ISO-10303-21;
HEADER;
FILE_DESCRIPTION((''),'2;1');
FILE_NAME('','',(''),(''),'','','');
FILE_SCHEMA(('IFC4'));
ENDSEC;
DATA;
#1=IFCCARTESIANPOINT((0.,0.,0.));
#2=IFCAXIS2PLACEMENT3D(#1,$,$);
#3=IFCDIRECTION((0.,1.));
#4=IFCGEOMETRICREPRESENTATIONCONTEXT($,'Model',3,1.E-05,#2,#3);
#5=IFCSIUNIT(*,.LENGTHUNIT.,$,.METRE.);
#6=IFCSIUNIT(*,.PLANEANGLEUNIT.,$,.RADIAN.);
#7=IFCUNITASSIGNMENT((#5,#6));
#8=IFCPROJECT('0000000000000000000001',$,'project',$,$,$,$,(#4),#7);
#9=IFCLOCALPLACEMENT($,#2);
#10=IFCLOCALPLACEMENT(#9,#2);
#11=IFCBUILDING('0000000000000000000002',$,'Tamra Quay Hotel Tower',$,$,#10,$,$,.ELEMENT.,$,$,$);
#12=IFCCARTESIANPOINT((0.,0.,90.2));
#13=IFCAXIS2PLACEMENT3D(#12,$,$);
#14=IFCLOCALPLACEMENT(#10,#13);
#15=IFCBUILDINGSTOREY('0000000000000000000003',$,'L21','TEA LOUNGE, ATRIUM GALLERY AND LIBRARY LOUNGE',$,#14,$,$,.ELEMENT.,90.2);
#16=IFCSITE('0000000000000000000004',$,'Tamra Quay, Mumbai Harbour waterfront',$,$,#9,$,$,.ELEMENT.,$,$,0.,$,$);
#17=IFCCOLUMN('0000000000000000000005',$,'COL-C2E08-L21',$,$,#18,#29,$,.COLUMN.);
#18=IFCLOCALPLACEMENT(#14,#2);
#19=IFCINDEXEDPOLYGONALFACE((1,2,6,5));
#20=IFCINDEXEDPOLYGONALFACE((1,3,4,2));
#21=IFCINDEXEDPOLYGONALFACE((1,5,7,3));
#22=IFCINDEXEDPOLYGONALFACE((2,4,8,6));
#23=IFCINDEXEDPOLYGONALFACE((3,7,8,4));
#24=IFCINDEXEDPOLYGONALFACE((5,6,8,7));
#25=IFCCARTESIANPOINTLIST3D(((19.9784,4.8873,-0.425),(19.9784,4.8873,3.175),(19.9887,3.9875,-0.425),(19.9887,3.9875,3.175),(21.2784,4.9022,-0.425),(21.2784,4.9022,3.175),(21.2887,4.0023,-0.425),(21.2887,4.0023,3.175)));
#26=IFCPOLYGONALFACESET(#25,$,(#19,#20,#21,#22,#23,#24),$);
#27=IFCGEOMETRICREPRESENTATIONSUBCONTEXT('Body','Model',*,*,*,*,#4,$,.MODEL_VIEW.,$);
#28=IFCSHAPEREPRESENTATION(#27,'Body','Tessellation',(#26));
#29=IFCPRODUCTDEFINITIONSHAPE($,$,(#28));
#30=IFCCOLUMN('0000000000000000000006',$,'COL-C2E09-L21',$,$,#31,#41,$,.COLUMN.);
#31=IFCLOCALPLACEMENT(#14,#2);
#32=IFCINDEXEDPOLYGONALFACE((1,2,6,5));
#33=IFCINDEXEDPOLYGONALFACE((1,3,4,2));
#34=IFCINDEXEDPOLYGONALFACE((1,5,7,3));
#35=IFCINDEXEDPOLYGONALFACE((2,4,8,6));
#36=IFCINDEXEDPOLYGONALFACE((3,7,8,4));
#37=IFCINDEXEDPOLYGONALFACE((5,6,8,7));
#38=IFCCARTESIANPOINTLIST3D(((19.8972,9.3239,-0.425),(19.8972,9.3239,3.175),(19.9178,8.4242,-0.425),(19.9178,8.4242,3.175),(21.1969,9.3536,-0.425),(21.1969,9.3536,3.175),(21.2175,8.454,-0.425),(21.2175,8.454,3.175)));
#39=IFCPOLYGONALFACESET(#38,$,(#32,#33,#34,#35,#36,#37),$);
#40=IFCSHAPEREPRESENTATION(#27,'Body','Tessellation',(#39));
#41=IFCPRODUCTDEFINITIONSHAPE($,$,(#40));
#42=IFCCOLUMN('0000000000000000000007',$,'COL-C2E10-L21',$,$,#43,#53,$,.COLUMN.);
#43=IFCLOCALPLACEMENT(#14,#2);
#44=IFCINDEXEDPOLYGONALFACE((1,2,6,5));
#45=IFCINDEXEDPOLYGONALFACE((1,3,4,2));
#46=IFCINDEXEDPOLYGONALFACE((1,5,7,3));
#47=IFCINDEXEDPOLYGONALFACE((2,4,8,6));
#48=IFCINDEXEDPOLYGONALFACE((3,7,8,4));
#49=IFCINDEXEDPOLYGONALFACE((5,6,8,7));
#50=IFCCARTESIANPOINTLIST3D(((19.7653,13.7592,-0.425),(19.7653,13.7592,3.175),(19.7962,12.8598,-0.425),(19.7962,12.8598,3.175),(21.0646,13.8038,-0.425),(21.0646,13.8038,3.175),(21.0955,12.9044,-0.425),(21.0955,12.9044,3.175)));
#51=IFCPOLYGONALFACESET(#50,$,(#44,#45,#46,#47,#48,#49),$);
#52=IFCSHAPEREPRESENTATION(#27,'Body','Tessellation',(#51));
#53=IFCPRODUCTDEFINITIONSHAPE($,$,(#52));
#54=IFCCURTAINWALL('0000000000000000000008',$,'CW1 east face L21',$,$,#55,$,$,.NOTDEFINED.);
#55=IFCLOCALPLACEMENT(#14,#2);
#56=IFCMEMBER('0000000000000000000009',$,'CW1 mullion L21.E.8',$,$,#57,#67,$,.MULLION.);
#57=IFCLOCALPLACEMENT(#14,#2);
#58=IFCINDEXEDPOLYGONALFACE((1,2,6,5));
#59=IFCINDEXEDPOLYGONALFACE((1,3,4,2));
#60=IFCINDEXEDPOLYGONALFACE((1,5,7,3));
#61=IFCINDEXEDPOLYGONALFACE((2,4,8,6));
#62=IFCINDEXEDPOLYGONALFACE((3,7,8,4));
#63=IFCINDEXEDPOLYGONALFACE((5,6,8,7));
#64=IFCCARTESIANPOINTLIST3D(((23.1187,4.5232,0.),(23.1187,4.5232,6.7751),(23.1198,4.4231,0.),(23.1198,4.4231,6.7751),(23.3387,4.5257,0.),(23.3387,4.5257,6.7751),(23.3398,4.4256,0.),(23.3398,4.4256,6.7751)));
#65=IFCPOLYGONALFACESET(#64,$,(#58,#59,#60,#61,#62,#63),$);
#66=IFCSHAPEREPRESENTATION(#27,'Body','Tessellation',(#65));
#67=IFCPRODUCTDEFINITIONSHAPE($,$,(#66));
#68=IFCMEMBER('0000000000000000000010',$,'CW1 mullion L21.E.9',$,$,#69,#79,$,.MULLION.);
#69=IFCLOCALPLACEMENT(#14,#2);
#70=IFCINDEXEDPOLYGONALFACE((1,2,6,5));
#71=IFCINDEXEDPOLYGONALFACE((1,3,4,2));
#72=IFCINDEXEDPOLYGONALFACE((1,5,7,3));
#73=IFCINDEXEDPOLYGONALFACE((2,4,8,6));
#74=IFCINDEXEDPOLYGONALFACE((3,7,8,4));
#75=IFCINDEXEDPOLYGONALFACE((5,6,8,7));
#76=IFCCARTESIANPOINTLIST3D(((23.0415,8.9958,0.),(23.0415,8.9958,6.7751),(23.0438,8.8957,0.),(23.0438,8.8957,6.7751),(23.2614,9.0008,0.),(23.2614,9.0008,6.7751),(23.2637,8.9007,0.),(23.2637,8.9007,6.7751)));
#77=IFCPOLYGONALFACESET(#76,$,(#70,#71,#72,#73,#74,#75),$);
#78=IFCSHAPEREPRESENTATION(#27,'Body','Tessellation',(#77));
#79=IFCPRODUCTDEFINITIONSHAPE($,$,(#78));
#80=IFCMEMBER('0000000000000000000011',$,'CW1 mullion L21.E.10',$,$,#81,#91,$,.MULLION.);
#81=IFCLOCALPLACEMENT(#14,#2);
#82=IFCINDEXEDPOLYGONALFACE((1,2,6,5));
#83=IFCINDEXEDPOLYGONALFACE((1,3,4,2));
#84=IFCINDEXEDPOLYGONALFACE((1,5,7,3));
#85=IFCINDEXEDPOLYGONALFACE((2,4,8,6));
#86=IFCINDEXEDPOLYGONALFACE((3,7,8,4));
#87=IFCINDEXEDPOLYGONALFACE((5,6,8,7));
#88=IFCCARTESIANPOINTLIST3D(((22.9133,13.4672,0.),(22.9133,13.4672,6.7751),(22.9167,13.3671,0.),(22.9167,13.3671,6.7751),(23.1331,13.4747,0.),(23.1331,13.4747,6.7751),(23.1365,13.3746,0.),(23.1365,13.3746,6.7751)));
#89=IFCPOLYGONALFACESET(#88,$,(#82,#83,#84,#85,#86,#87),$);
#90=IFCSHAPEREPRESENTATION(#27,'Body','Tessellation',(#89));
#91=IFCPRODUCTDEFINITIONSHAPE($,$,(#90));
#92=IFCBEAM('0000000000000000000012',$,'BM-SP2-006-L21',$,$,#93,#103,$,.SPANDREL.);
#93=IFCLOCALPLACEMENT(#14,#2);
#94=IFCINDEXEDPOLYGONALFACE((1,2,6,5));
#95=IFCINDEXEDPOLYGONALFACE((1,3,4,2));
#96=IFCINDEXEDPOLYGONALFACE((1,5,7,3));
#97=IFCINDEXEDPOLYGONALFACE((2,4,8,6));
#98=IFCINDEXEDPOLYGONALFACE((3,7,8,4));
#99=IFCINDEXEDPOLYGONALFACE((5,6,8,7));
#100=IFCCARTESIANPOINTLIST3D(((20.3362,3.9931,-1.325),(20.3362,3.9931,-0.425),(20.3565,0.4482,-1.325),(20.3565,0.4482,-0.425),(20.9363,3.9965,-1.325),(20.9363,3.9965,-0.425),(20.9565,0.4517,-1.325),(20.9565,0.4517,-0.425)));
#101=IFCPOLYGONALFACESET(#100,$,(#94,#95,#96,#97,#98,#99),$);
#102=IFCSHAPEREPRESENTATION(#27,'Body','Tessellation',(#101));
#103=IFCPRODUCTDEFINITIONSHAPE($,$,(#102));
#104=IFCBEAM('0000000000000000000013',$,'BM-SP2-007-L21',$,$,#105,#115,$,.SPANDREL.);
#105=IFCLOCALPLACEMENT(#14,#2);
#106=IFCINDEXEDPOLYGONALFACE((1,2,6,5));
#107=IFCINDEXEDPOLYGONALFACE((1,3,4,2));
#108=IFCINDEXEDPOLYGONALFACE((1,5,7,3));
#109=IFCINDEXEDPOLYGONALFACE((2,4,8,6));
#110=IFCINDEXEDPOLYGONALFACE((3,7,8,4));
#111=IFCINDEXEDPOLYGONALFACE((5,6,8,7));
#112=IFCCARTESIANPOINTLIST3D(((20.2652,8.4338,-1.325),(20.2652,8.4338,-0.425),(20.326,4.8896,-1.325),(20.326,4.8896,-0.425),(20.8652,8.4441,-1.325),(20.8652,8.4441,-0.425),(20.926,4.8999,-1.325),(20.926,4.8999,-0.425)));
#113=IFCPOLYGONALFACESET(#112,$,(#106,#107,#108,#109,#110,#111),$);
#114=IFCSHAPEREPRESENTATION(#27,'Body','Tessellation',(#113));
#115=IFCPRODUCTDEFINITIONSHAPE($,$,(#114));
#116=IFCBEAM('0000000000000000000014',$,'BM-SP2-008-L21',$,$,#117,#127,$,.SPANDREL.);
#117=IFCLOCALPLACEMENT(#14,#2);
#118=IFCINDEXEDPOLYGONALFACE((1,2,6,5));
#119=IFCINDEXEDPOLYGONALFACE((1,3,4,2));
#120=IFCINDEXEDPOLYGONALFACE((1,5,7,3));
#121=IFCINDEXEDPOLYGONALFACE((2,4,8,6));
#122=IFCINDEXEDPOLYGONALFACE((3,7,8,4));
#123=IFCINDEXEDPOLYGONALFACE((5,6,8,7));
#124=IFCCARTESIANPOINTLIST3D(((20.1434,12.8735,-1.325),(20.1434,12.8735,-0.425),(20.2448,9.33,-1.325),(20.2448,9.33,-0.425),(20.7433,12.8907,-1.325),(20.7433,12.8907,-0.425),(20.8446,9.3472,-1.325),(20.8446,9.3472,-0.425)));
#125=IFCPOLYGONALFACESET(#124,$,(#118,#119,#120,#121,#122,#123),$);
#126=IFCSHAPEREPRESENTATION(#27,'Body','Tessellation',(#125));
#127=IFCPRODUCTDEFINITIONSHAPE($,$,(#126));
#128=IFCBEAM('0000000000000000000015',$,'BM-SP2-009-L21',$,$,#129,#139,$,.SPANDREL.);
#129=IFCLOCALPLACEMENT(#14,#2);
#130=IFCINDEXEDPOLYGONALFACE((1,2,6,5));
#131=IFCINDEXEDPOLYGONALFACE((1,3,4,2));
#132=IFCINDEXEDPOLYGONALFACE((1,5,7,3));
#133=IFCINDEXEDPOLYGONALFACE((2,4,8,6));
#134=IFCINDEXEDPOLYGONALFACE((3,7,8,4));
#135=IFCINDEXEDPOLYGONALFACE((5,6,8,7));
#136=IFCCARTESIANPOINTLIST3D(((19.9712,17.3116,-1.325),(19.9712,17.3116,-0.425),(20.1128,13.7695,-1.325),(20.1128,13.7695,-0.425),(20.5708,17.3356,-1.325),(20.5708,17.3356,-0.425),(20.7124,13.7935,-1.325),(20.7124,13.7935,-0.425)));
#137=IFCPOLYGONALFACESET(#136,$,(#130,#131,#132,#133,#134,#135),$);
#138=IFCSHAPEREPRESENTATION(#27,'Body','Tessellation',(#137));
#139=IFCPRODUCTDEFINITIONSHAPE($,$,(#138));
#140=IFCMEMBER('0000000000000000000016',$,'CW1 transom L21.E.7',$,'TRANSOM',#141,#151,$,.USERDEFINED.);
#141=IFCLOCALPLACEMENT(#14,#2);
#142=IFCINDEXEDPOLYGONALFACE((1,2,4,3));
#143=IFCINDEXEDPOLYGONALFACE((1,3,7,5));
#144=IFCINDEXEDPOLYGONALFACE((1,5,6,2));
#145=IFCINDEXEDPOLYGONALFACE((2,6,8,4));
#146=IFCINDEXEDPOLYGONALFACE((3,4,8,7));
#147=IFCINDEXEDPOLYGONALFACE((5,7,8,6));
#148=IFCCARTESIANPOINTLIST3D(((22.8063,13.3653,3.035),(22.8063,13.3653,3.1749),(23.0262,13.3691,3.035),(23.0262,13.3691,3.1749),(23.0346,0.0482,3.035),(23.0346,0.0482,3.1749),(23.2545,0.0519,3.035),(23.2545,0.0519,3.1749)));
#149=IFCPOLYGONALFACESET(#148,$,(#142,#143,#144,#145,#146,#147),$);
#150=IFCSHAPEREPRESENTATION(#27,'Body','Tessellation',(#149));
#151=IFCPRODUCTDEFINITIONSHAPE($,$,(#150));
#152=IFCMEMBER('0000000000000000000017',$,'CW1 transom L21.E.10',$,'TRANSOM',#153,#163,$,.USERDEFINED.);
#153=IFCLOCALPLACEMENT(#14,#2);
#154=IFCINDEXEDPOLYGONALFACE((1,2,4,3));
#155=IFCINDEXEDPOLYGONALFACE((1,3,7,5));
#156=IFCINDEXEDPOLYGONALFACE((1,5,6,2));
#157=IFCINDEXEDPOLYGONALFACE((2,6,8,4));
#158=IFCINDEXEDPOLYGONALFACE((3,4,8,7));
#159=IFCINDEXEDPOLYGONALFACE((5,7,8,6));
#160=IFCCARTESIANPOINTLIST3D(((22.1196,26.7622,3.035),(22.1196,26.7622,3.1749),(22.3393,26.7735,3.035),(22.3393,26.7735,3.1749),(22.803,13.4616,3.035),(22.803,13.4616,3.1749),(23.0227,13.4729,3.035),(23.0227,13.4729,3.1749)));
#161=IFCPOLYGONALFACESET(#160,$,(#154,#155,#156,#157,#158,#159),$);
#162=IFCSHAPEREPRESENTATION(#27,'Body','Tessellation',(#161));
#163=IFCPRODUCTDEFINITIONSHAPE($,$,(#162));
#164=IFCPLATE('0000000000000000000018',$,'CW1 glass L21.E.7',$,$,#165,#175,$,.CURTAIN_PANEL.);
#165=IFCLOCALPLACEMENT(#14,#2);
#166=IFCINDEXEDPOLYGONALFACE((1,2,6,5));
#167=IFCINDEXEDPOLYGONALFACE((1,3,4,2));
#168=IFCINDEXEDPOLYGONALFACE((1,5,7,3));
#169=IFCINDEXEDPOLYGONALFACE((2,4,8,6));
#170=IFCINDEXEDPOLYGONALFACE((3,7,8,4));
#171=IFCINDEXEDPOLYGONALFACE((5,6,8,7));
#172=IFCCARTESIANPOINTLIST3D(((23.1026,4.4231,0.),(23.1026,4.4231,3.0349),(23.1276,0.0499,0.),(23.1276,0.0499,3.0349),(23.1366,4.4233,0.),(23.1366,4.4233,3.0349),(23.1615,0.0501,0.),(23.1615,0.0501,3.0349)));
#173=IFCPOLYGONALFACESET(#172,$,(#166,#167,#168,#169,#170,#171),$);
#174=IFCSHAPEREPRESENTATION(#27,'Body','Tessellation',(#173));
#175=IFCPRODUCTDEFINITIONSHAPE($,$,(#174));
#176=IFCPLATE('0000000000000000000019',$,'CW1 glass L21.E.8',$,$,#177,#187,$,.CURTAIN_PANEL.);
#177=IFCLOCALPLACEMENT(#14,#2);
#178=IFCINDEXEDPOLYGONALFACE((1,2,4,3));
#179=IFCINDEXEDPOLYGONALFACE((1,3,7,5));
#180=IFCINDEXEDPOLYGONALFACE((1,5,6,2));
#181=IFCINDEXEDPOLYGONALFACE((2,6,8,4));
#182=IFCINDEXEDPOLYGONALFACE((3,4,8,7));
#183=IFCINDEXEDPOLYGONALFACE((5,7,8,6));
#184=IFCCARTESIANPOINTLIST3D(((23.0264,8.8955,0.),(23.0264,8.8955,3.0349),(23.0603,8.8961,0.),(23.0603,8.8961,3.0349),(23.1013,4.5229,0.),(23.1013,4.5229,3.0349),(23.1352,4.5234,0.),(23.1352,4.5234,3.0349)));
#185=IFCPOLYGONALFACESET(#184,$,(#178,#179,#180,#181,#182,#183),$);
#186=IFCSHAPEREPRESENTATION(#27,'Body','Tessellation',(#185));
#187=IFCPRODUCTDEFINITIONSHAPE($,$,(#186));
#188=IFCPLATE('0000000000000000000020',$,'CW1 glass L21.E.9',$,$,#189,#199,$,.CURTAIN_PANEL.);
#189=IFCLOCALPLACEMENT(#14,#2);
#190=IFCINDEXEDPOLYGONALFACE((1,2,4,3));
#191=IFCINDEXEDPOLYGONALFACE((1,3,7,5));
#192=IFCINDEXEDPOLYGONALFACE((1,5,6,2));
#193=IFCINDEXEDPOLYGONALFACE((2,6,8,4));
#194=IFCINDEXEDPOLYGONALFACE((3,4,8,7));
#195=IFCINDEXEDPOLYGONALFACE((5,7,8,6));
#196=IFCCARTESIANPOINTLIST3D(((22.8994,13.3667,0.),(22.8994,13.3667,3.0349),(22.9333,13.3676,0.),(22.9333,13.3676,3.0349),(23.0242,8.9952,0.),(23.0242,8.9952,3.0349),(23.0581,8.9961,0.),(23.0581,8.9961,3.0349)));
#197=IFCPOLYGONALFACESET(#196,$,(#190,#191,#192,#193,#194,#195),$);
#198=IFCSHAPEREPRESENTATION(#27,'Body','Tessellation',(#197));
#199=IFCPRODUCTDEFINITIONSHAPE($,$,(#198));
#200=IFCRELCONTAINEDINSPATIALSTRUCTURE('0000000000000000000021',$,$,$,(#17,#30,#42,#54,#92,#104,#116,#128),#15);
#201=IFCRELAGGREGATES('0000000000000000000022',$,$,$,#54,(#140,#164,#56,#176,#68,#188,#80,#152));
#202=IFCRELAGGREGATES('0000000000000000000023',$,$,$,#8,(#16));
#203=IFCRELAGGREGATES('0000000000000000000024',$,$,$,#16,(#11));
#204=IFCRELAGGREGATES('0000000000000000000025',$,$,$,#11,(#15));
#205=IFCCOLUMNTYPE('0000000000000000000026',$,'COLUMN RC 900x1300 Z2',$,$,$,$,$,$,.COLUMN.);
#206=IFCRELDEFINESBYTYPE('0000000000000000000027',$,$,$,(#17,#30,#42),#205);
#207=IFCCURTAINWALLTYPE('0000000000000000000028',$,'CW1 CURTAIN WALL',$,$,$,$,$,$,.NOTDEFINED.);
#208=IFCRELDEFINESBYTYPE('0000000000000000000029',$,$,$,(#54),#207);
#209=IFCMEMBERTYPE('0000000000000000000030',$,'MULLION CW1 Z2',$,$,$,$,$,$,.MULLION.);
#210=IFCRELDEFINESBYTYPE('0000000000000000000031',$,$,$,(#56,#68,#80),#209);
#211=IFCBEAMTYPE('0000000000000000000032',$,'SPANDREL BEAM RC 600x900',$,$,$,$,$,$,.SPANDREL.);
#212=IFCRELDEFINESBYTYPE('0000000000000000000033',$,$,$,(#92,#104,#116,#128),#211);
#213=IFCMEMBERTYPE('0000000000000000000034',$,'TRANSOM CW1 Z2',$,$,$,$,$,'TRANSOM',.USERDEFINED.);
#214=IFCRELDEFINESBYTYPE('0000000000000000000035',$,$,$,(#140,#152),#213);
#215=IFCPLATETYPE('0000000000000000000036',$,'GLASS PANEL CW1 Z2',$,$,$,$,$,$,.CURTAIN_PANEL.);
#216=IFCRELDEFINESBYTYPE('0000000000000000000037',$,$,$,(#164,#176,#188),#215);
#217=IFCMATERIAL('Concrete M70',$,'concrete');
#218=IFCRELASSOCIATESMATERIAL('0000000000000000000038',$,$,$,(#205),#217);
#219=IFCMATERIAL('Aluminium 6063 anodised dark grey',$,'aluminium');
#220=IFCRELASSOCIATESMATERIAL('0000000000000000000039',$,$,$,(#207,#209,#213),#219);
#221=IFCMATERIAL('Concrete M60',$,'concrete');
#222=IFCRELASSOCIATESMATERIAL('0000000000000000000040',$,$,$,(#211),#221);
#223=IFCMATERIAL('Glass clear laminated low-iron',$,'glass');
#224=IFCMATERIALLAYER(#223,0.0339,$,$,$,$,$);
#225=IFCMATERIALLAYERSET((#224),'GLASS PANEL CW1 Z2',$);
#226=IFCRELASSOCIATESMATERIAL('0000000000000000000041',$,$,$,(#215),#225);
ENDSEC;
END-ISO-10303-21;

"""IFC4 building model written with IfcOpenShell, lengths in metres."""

from ifc_helpers import new_model, si_unit, direction, frame, origin, origin_2d, place, context, subcontext, project, spatial, rectangle, extrude, material, layer, layer_set, material_profile, profile_set, type_object, element, aggregate, save


model = new_model("IFC4")

# Units and contexts
model_context = context("Model", 3, precision=1e-05, world=origin(), true_north=direction((0.0, 1.0)))
body_context = subcontext(model_context, "Body", "Model", "MODEL_VIEW")
ifc_project = project(units=[si_unit("LENGTHUNIT", "METRE"), si_unit("PLANEANGLEUNIT", "RADIAN")], contexts=[model_context])

# Site, building, storey
site_placement = place(None, origin())
site = spatial("IfcSite", under=ifc_project, at=site_placement, Name="Tamra Quay, Mumbai Harbour waterfront", CompositionType="ELEMENT", RefElevation=0.0)
building_placement = place(site_placement, origin())
building = spatial("IfcBuilding", under=site, at=building_placement, Name="Tamra Quay Hotel Tower", CompositionType="ELEMENT")
storey_placement = place(building_placement, frame((0.0, 0.0, 90.2)))
storey = spatial("IfcBuildingStorey", under=building, at=storey_placement, Name="L21", Description="TEA LOUNGE, ATRIUM GALLERY AND LIBRARY LOUNGE", CompositionType="ELEMENT", Elevation=90.2)

# Columns
ifc_material_1 = material(Name="Concrete M70", Category="concrete")
ifc_material_profile_1 = material_profile(ifc_material_1, rectangle(XDim=1.3, YDim=0.8999, at=origin_2d()), Name="COLUMN RC 900x1300 Z2")
ifc_profile_set_1 = profile_set([ifc_material_profile_1], Name="Concrete M70")
column_type = type_object("IfcColumnType", Name="COLUMN RC 900x1300 Z2", PredefinedType="COLUMN", material=ifc_profile_set_1)
for number, where, z_axis, x_axis, name in (
    (1, (20.6335, 4.4448, -0.425), (0.0, 0.0, 1.0), (0.999935, 0.011439, 0.0), "COL-C2E08-L21"),
    (2, (20.5574, 8.8889, -0.425), (0.0, 0.0, 1.0), (0.999738, 0.022874, 0.0), "COL-C2E09-L21"),
    (3, (20.4304, 13.3318, -0.425), (0.0, 0.0, 1.0), (0.999412, 0.034299, 0.0), "COL-C2E10-L21"),
):
    element("IfcColumn", number, at=place(storey_placement, frame(where, z_axis=z_axis, x_axis=x_axis)), inside=storey, type_object=column_type, Name=name, PredefinedType="COLUMN", context=body_context, shape_type="SweptSolid", body=[
        extrude(rectangle(XDim=1.3, YDim=0.8999, at=origin_2d()), origin(), (0.0, 0.0, 1.0), 3.6001),
    ])

# Curtain wall, members
ifc_material_2 = material(Name="Aluminium 6063 anodised dark grey", Category="aluminium")
curtain_wall_type = type_object("IfcCurtainWallType", Name="CW1 CURTAIN WALL", PredefinedType="NOTDEFINED", material=ifc_material_2)
curtain_wall_placement = place(storey_placement, origin())
curtain_wall = element("IfcCurtainWall", 4, at=curtain_wall_placement, inside=storey, type_object=curtain_wall_type, Name="CW1 east face L21", PredefinedType="NOTDEFINED")
ifc_material_profile_2 = material_profile(ifc_material_2, rectangle(XDim=0.22, YDim=0.1001, at=origin_2d()), Name="MULLION 100X220")
ifc_profile_set_2 = profile_set([ifc_material_profile_2], Name="Aluminium 6063 anodised dark grey")
member_type_1 = type_object("IfcMemberType", Name="MULLION CW1 Z2", PredefinedType="MULLION", material=ifc_profile_set_2)
member_1_placement = place(storey_placement, frame((23.2292, 4.4744, 0.0), z_axis=(0.0, 0.0, 1.0), x_axis=(0.999935, 0.011424, 0.0)))
member_1 = element("IfcMember", 5, at=member_1_placement, type_object=member_type_1, Name="CW1 mullion L21.E.8", PredefinedType="MULLION", context=body_context, shape_type="SweptSolid", body=[
    extrude(rectangle(XDim=0.22, YDim=0.1001, at=origin_2d()), origin(), (0.0, 0.0, 1.0), 6.7751),
])
member_2_placement = place(storey_placement, frame((23.1526, 8.9482, 0.0), z_axis=(0.0, 0.0, 1.0), x_axis=(0.999739, 0.022841, 0.0)))
member_2 = element("IfcMember", 6, at=member_2_placement, type_object=member_type_1, Name="CW1 mullion L21.E.9", PredefinedType="MULLION", context=body_context, shape_type="SweptSolid", body=[
    extrude(rectangle(XDim=0.22, YDim=0.1001, at=origin_2d()), origin(), (0.0, 0.0, 1.0), 6.7751),
])
member_3_placement = place(storey_placement, frame((23.0249, 13.4209, 0.0), z_axis=(0.0, 0.0, 1.0), x_axis=(0.999413, 0.034246, 0.0)))
member_3 = element("IfcMember", 7, at=member_3_placement, type_object=member_type_1, Name="CW1 mullion L21.E.10", PredefinedType="MULLION", context=body_context, shape_type="SweptSolid", body=[
    extrude(rectangle(XDim=0.22, YDim=0.1001, at=origin_2d()), origin(), (0.0, 0.0, 1.0), 6.7751),
])

# Beams
ifc_material_3 = material(Name="Concrete M60", Category="concrete")
ifc_material_profile_3 = material_profile(ifc_material_3, rectangle(XDim=0.6001, YDim=0.8999, at=origin_2d()), Name="SPANDREL BEAM RC 600x900")
ifc_profile_set_3 = profile_set([ifc_material_profile_3], Name="Concrete M60")
beam_type = type_object("IfcBeamType", Name="SPANDREL BEAM RC 600x900", PredefinedType="SPANDREL", material=ifc_profile_set_3)
beam_1_placement = place(storey_placement, frame((20.6565, 0.45, -0.875), z_axis=(-0.005716, 0.999984, 0.0), x_axis=(-0.999984, -0.005716, 0.0)))
element("IfcBeam", 8, at=beam_1_placement, inside=storey, type_object=beam_type, Name="BM-SP2-006-L21", PredefinedType="SPANDREL", context=body_context, shape_type="SweptSolid", body=[
    extrude(rectangle(XDim=0.6001, YDim=0.8999, at=origin_2d()), origin(), (0.0, 0.0, 1.0), 3.5449),
])
beam_2_placement = place(storey_placement, frame((20.626, 4.8948, -0.875), z_axis=(-0.01715, 0.999853, 0.0), x_axis=(-0.999853, -0.01715, 0.0)))
element("IfcBeam", 9, at=beam_2_placement, inside=storey, type_object=beam_type, Name="BM-SP2-007-L21", PredefinedType="SPANDREL", context=body_context, shape_type="SweptSolid", body=[
    extrude(rectangle(XDim=0.6001, YDim=0.8999, at=origin_2d()), origin(), (0.0, 0.0, 1.0), 3.5447),
])
for number, where, z_axis, x_axis, name in (
    (10, (20.5447, 9.3386, -0.875), (-0.028581, 0.999591, 0.0), (-0.999591, -0.028581, 0.0), "BM-SP2-008-L21"),
    (11, (20.4126, 13.7815, -0.875), (-0.039946, 0.999202, 0.0), (-0.999202, -0.039946, 0.0), "BM-SP2-009-L21"),
):
    element("IfcBeam", number, at=place(storey_placement, frame(where, z_axis=z_axis, x_axis=x_axis)), inside=storey, type_object=beam_type, Name=name, PredefinedType="SPANDREL", context=body_context, shape_type="SweptSolid", body=[
        extrude(rectangle(XDim=0.6001, YDim=0.8999, at=origin_2d()), origin(), (0.0, 0.0, 1.0), 3.5449),
    ])

# Members
ifc_material_profile_4 = material_profile(ifc_material_2, rectangle(XDim=0.22, YDim=0.1399, at=origin_2d()), Name="TRANSOM 220X140")
ifc_profile_set_4 = profile_set([ifc_material_profile_4], Name="Aluminium 6063 anodised dark grey")
member_type_2 = type_object("IfcMemberType", Name="TRANSOM CW1 Z2", ElementType="TRANSOM", PredefinedType="USERDEFINED", material=ifc_profile_set_4)
member_4_placement = place(storey_placement, frame((23.1445, 0.05, 3.105), z_axis=(-0.017139, 0.999853, 0.0), x_axis=(-0.999853, -0.017139, 0.0)))
member_4 = element("IfcMember", 12, at=member_4_placement, type_object=member_type_2, Name="CW1 transom L21.E.7", ObjectType="TRANSOM", PredefinedType="USERDEFINED", context=body_context, shape_type="SweptSolid", body=[
    extrude(rectangle(XDim=0.22, YDim=0.1399, at=origin_2d()), origin(), (0.0, 0.0, 1.0), 13.3191),
])
member_5_placement = place(storey_placement, frame((22.9128, 13.4673, 3.105), z_axis=(-0.05131, 0.998683, 0.0), x_axis=(-0.998683, -0.05131, 0.0)))
member_5 = element("IfcMember", 13, at=member_5_placement, type_object=member_type_2, Name="CW1 transom L21.E.10", ObjectType="TRANSOM", PredefinedType="USERDEFINED", context=body_context, shape_type="SweptSolid", body=[
    extrude(rectangle(XDim=0.22, YDim=0.1399, at=origin_2d()), origin(), (0.0, 0.0, 1.0), 13.3181),
])

# Plates
ifc_material_4 = material(Name="Glass clear laminated low-iron", Category="glass")
ifc_layer_1 = layer(ifc_material_4, 0.0339)
ifc_layer_set_1 = layer_set([ifc_layer_1], Name="GLASS PANEL CW1 Z2")
plate_type = type_object("IfcPlateType", Name="GLASS PANEL CW1 Z2", PredefinedType="CURTAIN_PANEL", material=ifc_layer_set_1)
plate_1_placement = place(storey_placement, frame((23.1321, 2.2366, 0.0), z_axis=(0.0, 0.0, 1.0), x_axis=(-0.005713, 0.999984, 0.0)))
plate_1 = element("IfcPlate", 14, at=plate_1_placement, type_object=plate_type, Name="CW1 glass L21.E.7", PredefinedType="CURTAIN_PANEL", context=body_context, shape_type="SweptSolid", body=[
    extrude(rectangle(XDim=4.3733, YDim=0.0339, at=origin_2d()), origin(), (0.0, 0.0, 1.0), 3.0349),
])
plate_2_placement = place(storey_placement, frame((23.0808, 6.7095, 0.0), z_axis=(0.0, 0.0, 1.0), x_axis=(-0.017134, 0.999853, 0.0)))
plate_2 = element("IfcPlate", 15, at=plate_2_placement, type_object=plate_type, Name="CW1 glass L21.E.8", PredefinedType="CURTAIN_PANEL", context=body_context, shape_type="SweptSolid", body=[
    extrude(rectangle(XDim=4.3733, YDim=0.0339, at=origin_2d()), origin(), (0.0, 0.0, 1.0), 3.0349),
])
plate_3_placement = place(storey_placement, frame((22.9788, 11.1814, 0.0), z_axis=(0.0, 0.0, 1.0), x_axis=(-0.028546, 0.999592, 0.0)))
plate_3 = element("IfcPlate", 16, at=plate_3_placement, type_object=plate_type, Name="CW1 glass L21.E.9", PredefinedType="CURTAIN_PANEL", context=body_context, shape_type="SweptSolid", body=[
    extrude(rectangle(XDim=4.3733, YDim=0.0339, at=origin_2d()), origin(), (0.0, 0.0, 1.0), 3.0349),
])
aggregate(curtain_wall, [member_4, plate_1, member_1, plate_2, member_2, plate_3, member_3, member_5])

save(model, "model.ifc")
